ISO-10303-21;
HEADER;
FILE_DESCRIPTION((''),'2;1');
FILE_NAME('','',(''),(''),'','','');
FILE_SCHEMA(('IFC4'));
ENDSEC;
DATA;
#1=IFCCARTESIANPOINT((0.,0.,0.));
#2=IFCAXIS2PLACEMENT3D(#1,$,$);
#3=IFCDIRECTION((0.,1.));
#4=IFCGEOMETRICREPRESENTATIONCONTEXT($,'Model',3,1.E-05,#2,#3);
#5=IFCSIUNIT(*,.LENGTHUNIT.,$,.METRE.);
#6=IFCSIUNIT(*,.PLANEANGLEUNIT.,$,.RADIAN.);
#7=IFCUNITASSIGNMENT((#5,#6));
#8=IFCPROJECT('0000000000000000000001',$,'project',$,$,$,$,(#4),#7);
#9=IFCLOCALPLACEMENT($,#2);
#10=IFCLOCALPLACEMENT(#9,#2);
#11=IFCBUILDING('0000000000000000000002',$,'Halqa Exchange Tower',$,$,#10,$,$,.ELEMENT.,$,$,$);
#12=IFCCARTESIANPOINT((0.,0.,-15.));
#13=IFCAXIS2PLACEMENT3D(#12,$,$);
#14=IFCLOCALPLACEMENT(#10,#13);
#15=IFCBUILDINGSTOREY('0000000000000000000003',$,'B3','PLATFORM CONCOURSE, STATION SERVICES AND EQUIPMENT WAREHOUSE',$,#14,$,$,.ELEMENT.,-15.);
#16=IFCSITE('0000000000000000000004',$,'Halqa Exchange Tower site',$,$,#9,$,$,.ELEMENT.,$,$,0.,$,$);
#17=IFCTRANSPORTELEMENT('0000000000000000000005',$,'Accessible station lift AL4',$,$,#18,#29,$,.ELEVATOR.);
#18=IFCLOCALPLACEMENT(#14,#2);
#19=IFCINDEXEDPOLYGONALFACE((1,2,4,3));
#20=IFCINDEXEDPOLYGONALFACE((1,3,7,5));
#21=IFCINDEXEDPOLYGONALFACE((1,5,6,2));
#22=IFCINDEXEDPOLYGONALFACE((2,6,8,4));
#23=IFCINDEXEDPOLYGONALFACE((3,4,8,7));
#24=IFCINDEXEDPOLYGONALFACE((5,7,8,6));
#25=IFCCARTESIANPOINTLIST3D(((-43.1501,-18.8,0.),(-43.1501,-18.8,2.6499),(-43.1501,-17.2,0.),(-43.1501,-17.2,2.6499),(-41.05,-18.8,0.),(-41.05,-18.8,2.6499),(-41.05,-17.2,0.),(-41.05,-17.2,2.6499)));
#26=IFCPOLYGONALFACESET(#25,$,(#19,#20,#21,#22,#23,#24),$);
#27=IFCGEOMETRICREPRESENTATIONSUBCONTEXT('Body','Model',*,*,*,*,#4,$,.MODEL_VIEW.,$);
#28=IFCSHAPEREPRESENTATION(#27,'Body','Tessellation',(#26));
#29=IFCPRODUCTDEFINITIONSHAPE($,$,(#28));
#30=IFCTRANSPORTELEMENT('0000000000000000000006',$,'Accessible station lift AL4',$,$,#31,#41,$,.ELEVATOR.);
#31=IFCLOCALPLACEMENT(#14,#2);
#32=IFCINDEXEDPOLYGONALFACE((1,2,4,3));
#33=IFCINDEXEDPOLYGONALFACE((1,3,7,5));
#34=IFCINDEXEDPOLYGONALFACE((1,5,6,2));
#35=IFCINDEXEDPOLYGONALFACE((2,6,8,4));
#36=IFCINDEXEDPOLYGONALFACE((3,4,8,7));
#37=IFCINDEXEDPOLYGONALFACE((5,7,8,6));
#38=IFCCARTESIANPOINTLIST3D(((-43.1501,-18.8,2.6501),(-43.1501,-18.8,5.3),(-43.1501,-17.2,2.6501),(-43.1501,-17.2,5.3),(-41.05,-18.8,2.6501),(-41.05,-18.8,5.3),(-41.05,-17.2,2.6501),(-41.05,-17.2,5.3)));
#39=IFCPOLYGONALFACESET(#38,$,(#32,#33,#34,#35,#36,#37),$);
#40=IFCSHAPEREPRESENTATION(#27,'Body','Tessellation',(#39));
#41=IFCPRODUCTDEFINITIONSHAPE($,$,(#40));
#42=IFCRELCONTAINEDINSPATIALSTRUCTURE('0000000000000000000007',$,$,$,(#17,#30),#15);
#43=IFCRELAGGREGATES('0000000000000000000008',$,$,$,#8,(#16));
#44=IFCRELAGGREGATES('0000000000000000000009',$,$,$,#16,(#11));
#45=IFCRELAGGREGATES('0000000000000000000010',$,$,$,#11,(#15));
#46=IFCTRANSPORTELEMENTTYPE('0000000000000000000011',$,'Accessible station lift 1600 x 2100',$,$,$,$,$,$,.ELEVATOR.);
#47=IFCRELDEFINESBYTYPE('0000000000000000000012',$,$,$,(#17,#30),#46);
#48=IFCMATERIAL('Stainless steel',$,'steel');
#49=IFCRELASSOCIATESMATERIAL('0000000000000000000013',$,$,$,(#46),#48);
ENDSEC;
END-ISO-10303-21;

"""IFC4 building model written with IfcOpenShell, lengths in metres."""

from ifc_helpers import new_model, si_unit, direction, frame, origin, origin_2d, place, context, subcontext, project, spatial, rectangle, extrude, material, type_object, element, save


model = new_model("IFC4")

# Units and contexts
model_context = context("Model", 3, precision=1e-05, world=origin(), true_north=direction((0.0, 1.0)))
body_context = subcontext(model_context, "Body", "Model", "MODEL_VIEW")
ifc_project = project(units=[si_unit("LENGTHUNIT", "METRE"), si_unit("PLANEANGLEUNIT", "RADIAN")], contexts=[model_context])

# Site, building, storey
site_placement = place(None, origin())
site = spatial("IfcSite", under=ifc_project, at=site_placement, Name="Halqa Exchange Tower site", CompositionType="ELEMENT", RefElevation=0.0)
building_placement = place(site_placement, origin())
building = spatial("IfcBuilding", under=site, at=building_placement, Name="Halqa Exchange Tower", CompositionType="ELEMENT")
storey_placement = place(building_placement, frame((0.0, 0.0, -15.0)))
storey = spatial("IfcBuildingStorey", under=building, at=storey_placement, Name="B3", Description="PLATFORM CONCOURSE, STATION SERVICES AND EQUIPMENT WAREHOUSE", CompositionType="ELEMENT", Elevation=-15.0)

# Shared definitions
ifc_material_1 = material(Name="Stainless steel", Category="steel")

# Transport elements
transport_element_type = type_object("IfcTransportElementType", Name="Accessible station lift 1600 x 2100", PredefinedType="ELEVATOR", material=ifc_material_1)
for number, where, z_axis, x_axis, name in (
    (1, (-42.1001, -18.0, 0.0), (0.0, 0.0, 1.0), (1.0, 0.0, 0.0), "Accessible station lift AL4"),
    (2, (-42.1001, -18.0, 2.6501), (0.0, 0.0, 1.0), (1.0, 0.0, 0.0), "Accessible station lift AL4"),
):
    element("IfcTransportElement", number, at=place(storey_placement, frame(where, z_axis=z_axis, x_axis=x_axis)), inside=storey, type_object=transport_element_type, Name=name, PredefinedType="ELEVATOR", context=body_context, shape_type="SweptSolid", body=[
        extrude(rectangle(XDim=2.1001, YDim=1.6001, at=origin_2d()), origin(), (0.0, 0.0, 1.0), 2.6499),
    ])

save(model, "model.ifc")
